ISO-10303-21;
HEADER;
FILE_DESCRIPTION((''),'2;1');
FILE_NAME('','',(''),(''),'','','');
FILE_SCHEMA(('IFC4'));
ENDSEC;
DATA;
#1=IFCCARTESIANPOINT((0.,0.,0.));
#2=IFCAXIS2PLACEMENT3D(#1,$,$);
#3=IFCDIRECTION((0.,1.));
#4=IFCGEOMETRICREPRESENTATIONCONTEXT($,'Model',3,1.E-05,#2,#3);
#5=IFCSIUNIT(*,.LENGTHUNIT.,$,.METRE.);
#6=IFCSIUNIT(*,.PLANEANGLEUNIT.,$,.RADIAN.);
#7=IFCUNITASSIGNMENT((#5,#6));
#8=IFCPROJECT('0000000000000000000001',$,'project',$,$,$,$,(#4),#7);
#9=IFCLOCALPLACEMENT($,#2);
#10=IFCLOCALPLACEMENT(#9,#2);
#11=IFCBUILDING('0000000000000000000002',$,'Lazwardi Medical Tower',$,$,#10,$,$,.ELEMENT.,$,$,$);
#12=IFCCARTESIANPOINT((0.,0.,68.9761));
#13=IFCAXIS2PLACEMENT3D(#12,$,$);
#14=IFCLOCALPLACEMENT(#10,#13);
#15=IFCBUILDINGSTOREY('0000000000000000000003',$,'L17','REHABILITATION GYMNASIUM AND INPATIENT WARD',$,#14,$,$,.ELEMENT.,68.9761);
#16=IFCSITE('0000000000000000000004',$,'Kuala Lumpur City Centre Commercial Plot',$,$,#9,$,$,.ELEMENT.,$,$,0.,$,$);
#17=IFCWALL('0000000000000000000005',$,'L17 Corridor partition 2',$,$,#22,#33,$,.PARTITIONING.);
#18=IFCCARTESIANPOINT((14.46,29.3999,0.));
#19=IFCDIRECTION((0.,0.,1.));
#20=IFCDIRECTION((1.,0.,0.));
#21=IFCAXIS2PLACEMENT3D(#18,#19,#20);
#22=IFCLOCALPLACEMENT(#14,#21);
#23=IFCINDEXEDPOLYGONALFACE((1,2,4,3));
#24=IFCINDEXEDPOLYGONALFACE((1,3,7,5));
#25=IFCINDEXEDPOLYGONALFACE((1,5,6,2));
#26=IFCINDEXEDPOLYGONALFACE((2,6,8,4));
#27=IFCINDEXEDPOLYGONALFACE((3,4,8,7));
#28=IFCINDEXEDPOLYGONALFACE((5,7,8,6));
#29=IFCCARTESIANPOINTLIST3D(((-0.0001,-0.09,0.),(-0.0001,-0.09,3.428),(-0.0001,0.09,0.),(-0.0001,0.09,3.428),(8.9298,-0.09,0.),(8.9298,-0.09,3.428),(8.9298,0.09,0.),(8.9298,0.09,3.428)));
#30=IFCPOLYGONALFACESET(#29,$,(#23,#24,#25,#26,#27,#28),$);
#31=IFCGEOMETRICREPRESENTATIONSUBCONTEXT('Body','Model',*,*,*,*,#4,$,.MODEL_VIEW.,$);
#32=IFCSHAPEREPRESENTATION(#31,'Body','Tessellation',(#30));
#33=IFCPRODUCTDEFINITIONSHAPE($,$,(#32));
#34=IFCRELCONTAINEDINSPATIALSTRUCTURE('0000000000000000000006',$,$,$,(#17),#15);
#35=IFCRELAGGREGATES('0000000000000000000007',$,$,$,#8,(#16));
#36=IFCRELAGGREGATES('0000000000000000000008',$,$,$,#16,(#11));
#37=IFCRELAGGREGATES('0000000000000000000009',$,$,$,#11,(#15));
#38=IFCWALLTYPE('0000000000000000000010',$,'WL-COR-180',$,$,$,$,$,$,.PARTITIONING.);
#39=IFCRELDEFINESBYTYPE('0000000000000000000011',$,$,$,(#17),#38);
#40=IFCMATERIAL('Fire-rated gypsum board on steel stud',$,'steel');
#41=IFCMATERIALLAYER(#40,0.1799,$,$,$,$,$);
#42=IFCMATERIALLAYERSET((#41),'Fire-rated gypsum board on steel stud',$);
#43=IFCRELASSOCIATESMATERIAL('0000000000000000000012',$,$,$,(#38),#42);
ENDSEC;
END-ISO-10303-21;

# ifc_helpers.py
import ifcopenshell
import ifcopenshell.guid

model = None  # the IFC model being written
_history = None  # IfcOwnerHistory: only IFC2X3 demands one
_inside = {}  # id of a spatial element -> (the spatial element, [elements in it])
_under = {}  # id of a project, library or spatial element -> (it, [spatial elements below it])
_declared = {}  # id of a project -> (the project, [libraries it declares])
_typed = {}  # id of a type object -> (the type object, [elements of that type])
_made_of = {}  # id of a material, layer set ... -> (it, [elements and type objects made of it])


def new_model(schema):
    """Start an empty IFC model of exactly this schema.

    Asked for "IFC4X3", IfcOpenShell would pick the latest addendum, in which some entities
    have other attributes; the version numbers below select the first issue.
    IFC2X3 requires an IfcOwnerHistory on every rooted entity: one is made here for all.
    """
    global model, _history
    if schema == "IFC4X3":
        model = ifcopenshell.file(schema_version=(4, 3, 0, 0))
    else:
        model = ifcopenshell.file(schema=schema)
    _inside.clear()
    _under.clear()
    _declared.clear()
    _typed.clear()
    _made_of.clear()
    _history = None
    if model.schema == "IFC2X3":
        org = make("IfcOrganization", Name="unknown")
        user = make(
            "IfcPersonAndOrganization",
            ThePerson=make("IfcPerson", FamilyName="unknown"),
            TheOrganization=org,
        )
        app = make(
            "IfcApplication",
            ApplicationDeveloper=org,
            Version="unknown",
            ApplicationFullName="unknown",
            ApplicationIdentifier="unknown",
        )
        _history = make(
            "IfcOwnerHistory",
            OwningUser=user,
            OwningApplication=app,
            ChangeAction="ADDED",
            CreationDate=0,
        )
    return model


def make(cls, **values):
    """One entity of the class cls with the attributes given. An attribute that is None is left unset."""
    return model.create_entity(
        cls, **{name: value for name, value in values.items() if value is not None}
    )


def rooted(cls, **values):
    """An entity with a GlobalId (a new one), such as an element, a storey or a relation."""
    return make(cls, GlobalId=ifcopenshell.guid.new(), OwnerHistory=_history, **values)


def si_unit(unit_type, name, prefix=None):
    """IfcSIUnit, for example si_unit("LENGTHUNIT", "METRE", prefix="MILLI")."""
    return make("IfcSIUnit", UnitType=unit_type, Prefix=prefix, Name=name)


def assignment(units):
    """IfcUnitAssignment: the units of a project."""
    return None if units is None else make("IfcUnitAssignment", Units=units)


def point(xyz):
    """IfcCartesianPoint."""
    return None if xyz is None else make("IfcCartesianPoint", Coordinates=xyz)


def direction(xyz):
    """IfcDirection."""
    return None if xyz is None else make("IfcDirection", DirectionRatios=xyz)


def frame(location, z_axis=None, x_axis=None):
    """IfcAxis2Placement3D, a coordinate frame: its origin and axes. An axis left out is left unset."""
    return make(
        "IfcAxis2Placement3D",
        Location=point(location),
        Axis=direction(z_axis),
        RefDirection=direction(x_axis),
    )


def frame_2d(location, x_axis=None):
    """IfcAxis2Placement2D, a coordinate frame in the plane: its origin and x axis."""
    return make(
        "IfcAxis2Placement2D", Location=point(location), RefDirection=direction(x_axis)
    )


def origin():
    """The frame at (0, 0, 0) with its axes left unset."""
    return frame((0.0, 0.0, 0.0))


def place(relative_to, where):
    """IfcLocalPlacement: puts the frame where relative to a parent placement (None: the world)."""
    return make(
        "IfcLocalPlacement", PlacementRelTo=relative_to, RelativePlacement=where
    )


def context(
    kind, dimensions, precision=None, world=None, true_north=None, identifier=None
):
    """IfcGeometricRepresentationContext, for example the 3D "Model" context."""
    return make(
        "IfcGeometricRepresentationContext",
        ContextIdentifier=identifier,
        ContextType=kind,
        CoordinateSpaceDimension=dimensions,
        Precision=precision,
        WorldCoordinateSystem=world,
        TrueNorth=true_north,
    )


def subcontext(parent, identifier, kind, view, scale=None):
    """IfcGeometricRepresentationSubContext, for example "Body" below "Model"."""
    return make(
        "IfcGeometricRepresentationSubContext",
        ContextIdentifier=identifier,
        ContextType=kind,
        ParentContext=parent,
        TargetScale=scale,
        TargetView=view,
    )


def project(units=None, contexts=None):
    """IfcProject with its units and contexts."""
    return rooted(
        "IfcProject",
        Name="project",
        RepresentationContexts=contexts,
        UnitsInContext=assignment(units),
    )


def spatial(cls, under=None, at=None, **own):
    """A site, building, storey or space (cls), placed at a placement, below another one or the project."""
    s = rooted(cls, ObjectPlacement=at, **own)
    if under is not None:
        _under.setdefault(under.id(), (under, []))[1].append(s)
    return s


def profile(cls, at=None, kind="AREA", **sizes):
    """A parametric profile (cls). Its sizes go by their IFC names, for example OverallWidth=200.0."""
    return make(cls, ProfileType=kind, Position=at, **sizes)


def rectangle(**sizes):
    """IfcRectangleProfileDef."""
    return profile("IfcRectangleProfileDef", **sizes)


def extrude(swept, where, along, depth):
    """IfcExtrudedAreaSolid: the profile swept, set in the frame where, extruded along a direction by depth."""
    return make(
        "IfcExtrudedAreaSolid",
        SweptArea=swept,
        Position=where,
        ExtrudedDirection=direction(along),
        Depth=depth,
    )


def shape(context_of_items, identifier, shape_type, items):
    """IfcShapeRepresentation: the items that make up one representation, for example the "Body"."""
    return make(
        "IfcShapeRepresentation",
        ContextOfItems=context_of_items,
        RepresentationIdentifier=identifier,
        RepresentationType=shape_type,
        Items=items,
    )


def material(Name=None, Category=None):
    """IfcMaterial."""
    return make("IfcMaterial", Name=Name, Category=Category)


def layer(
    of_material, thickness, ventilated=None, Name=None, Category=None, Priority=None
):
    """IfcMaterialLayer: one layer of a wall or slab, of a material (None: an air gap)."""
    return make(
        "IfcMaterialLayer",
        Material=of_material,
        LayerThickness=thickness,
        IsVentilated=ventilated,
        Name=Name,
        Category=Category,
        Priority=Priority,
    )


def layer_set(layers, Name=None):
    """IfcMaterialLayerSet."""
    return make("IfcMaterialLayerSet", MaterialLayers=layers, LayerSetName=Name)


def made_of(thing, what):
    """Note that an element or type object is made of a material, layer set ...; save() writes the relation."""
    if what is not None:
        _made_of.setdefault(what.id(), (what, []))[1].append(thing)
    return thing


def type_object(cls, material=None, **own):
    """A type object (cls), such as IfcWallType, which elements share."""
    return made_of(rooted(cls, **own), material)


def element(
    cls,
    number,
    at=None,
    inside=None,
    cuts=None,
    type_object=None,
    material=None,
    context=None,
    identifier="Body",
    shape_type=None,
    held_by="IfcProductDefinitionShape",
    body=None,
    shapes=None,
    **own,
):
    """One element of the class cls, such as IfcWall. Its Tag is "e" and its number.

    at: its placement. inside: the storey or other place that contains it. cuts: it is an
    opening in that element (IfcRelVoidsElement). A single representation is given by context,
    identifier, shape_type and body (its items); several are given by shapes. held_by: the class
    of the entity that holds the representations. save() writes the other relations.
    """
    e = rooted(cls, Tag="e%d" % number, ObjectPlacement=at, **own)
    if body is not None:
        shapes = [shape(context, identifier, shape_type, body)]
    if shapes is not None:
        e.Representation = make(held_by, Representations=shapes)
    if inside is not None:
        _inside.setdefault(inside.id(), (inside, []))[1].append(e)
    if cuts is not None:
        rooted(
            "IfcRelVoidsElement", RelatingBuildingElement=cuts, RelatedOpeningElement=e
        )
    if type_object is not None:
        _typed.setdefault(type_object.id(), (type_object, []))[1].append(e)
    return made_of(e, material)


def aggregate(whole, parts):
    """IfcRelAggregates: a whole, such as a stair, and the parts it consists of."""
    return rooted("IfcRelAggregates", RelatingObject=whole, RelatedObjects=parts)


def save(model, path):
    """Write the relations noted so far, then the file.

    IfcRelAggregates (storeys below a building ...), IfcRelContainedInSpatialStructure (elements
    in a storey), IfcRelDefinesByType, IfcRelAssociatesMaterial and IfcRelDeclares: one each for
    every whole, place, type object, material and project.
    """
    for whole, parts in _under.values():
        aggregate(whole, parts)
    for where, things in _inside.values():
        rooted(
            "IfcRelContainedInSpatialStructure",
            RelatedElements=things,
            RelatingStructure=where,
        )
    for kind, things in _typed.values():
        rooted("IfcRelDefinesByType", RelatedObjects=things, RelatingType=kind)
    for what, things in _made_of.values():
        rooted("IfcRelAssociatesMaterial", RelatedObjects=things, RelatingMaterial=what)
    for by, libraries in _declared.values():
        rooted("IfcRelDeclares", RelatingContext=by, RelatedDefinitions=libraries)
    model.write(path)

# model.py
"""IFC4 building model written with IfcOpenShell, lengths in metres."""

from ifc_helpers import new_model, si_unit, direction, frame, frame_2d, origin, place, context, subcontext, project, spatial, rectangle, extrude, material, layer, layer_set, type_object, element, save


model = new_model("IFC4")

# Units and contexts
model_context = context("Model", 3, precision=1e-05, world=origin(), true_north=direction((0.0, 1.0)))
body_context = subcontext(model_context, "Body", "Model", "MODEL_VIEW")
ifc_project = project(units=[si_unit("LENGTHUNIT", "METRE"), si_unit("PLANEANGLEUNIT", "RADIAN")], contexts=[model_context])

# Site, building, storey
site_placement = place(None, origin())
site = spatial("IfcSite", under=ifc_project, at=site_placement, Name="Kuala Lumpur City Centre Commercial Plot", CompositionType="ELEMENT", RefElevation=0.0)
building_placement = place(site_placement, origin())
building = spatial("IfcBuilding", under=site, at=building_placement, Name="Lazwardi Medical Tower", CompositionType="ELEMENT")
storey_placement = place(building_placement, frame((0.0, 0.0, 68.9761)))
storey = spatial("IfcBuildingStorey", under=building, at=storey_placement, Name="L17", Description="REHABILITATION GYMNASIUM AND INPATIENT WARD", CompositionType="ELEMENT", Elevation=68.9761)

# Wall
ifc_material_1 = material(Name="Fire-rated gypsum board on steel stud", Category="steel")
ifc_layer_1 = layer(ifc_material_1, 0.1799)
ifc_layer_set_1 = layer_set([ifc_layer_1], Name="Fire-rated gypsum board on steel stud")
wall_type_1 = type_object("IfcWallType", Name="WL-COR-180", PredefinedType="PARTITIONING", material=ifc_layer_set_1)
wall_1_placement = place(storey_placement, frame((14.46, 29.3999, 0.0), z_axis=(0.0, 0.0, 1.0), x_axis=(1.0, 0.0, 0.0)))
element("IfcWall", 1, at=wall_1_placement, inside=storey, type_object=wall_type_1, Name="L17 Corridor partition 2", PredefinedType="PARTITIONING", context=body_context, shape_type="SweptSolid", body=[
    extrude(rectangle(XDim=8.9299, YDim=0.1799, at=frame_2d((4.4648, 0.0))), origin(), (0.0, 0.0, 1.0), 3.428),
])

save(model, "model.ifc")
